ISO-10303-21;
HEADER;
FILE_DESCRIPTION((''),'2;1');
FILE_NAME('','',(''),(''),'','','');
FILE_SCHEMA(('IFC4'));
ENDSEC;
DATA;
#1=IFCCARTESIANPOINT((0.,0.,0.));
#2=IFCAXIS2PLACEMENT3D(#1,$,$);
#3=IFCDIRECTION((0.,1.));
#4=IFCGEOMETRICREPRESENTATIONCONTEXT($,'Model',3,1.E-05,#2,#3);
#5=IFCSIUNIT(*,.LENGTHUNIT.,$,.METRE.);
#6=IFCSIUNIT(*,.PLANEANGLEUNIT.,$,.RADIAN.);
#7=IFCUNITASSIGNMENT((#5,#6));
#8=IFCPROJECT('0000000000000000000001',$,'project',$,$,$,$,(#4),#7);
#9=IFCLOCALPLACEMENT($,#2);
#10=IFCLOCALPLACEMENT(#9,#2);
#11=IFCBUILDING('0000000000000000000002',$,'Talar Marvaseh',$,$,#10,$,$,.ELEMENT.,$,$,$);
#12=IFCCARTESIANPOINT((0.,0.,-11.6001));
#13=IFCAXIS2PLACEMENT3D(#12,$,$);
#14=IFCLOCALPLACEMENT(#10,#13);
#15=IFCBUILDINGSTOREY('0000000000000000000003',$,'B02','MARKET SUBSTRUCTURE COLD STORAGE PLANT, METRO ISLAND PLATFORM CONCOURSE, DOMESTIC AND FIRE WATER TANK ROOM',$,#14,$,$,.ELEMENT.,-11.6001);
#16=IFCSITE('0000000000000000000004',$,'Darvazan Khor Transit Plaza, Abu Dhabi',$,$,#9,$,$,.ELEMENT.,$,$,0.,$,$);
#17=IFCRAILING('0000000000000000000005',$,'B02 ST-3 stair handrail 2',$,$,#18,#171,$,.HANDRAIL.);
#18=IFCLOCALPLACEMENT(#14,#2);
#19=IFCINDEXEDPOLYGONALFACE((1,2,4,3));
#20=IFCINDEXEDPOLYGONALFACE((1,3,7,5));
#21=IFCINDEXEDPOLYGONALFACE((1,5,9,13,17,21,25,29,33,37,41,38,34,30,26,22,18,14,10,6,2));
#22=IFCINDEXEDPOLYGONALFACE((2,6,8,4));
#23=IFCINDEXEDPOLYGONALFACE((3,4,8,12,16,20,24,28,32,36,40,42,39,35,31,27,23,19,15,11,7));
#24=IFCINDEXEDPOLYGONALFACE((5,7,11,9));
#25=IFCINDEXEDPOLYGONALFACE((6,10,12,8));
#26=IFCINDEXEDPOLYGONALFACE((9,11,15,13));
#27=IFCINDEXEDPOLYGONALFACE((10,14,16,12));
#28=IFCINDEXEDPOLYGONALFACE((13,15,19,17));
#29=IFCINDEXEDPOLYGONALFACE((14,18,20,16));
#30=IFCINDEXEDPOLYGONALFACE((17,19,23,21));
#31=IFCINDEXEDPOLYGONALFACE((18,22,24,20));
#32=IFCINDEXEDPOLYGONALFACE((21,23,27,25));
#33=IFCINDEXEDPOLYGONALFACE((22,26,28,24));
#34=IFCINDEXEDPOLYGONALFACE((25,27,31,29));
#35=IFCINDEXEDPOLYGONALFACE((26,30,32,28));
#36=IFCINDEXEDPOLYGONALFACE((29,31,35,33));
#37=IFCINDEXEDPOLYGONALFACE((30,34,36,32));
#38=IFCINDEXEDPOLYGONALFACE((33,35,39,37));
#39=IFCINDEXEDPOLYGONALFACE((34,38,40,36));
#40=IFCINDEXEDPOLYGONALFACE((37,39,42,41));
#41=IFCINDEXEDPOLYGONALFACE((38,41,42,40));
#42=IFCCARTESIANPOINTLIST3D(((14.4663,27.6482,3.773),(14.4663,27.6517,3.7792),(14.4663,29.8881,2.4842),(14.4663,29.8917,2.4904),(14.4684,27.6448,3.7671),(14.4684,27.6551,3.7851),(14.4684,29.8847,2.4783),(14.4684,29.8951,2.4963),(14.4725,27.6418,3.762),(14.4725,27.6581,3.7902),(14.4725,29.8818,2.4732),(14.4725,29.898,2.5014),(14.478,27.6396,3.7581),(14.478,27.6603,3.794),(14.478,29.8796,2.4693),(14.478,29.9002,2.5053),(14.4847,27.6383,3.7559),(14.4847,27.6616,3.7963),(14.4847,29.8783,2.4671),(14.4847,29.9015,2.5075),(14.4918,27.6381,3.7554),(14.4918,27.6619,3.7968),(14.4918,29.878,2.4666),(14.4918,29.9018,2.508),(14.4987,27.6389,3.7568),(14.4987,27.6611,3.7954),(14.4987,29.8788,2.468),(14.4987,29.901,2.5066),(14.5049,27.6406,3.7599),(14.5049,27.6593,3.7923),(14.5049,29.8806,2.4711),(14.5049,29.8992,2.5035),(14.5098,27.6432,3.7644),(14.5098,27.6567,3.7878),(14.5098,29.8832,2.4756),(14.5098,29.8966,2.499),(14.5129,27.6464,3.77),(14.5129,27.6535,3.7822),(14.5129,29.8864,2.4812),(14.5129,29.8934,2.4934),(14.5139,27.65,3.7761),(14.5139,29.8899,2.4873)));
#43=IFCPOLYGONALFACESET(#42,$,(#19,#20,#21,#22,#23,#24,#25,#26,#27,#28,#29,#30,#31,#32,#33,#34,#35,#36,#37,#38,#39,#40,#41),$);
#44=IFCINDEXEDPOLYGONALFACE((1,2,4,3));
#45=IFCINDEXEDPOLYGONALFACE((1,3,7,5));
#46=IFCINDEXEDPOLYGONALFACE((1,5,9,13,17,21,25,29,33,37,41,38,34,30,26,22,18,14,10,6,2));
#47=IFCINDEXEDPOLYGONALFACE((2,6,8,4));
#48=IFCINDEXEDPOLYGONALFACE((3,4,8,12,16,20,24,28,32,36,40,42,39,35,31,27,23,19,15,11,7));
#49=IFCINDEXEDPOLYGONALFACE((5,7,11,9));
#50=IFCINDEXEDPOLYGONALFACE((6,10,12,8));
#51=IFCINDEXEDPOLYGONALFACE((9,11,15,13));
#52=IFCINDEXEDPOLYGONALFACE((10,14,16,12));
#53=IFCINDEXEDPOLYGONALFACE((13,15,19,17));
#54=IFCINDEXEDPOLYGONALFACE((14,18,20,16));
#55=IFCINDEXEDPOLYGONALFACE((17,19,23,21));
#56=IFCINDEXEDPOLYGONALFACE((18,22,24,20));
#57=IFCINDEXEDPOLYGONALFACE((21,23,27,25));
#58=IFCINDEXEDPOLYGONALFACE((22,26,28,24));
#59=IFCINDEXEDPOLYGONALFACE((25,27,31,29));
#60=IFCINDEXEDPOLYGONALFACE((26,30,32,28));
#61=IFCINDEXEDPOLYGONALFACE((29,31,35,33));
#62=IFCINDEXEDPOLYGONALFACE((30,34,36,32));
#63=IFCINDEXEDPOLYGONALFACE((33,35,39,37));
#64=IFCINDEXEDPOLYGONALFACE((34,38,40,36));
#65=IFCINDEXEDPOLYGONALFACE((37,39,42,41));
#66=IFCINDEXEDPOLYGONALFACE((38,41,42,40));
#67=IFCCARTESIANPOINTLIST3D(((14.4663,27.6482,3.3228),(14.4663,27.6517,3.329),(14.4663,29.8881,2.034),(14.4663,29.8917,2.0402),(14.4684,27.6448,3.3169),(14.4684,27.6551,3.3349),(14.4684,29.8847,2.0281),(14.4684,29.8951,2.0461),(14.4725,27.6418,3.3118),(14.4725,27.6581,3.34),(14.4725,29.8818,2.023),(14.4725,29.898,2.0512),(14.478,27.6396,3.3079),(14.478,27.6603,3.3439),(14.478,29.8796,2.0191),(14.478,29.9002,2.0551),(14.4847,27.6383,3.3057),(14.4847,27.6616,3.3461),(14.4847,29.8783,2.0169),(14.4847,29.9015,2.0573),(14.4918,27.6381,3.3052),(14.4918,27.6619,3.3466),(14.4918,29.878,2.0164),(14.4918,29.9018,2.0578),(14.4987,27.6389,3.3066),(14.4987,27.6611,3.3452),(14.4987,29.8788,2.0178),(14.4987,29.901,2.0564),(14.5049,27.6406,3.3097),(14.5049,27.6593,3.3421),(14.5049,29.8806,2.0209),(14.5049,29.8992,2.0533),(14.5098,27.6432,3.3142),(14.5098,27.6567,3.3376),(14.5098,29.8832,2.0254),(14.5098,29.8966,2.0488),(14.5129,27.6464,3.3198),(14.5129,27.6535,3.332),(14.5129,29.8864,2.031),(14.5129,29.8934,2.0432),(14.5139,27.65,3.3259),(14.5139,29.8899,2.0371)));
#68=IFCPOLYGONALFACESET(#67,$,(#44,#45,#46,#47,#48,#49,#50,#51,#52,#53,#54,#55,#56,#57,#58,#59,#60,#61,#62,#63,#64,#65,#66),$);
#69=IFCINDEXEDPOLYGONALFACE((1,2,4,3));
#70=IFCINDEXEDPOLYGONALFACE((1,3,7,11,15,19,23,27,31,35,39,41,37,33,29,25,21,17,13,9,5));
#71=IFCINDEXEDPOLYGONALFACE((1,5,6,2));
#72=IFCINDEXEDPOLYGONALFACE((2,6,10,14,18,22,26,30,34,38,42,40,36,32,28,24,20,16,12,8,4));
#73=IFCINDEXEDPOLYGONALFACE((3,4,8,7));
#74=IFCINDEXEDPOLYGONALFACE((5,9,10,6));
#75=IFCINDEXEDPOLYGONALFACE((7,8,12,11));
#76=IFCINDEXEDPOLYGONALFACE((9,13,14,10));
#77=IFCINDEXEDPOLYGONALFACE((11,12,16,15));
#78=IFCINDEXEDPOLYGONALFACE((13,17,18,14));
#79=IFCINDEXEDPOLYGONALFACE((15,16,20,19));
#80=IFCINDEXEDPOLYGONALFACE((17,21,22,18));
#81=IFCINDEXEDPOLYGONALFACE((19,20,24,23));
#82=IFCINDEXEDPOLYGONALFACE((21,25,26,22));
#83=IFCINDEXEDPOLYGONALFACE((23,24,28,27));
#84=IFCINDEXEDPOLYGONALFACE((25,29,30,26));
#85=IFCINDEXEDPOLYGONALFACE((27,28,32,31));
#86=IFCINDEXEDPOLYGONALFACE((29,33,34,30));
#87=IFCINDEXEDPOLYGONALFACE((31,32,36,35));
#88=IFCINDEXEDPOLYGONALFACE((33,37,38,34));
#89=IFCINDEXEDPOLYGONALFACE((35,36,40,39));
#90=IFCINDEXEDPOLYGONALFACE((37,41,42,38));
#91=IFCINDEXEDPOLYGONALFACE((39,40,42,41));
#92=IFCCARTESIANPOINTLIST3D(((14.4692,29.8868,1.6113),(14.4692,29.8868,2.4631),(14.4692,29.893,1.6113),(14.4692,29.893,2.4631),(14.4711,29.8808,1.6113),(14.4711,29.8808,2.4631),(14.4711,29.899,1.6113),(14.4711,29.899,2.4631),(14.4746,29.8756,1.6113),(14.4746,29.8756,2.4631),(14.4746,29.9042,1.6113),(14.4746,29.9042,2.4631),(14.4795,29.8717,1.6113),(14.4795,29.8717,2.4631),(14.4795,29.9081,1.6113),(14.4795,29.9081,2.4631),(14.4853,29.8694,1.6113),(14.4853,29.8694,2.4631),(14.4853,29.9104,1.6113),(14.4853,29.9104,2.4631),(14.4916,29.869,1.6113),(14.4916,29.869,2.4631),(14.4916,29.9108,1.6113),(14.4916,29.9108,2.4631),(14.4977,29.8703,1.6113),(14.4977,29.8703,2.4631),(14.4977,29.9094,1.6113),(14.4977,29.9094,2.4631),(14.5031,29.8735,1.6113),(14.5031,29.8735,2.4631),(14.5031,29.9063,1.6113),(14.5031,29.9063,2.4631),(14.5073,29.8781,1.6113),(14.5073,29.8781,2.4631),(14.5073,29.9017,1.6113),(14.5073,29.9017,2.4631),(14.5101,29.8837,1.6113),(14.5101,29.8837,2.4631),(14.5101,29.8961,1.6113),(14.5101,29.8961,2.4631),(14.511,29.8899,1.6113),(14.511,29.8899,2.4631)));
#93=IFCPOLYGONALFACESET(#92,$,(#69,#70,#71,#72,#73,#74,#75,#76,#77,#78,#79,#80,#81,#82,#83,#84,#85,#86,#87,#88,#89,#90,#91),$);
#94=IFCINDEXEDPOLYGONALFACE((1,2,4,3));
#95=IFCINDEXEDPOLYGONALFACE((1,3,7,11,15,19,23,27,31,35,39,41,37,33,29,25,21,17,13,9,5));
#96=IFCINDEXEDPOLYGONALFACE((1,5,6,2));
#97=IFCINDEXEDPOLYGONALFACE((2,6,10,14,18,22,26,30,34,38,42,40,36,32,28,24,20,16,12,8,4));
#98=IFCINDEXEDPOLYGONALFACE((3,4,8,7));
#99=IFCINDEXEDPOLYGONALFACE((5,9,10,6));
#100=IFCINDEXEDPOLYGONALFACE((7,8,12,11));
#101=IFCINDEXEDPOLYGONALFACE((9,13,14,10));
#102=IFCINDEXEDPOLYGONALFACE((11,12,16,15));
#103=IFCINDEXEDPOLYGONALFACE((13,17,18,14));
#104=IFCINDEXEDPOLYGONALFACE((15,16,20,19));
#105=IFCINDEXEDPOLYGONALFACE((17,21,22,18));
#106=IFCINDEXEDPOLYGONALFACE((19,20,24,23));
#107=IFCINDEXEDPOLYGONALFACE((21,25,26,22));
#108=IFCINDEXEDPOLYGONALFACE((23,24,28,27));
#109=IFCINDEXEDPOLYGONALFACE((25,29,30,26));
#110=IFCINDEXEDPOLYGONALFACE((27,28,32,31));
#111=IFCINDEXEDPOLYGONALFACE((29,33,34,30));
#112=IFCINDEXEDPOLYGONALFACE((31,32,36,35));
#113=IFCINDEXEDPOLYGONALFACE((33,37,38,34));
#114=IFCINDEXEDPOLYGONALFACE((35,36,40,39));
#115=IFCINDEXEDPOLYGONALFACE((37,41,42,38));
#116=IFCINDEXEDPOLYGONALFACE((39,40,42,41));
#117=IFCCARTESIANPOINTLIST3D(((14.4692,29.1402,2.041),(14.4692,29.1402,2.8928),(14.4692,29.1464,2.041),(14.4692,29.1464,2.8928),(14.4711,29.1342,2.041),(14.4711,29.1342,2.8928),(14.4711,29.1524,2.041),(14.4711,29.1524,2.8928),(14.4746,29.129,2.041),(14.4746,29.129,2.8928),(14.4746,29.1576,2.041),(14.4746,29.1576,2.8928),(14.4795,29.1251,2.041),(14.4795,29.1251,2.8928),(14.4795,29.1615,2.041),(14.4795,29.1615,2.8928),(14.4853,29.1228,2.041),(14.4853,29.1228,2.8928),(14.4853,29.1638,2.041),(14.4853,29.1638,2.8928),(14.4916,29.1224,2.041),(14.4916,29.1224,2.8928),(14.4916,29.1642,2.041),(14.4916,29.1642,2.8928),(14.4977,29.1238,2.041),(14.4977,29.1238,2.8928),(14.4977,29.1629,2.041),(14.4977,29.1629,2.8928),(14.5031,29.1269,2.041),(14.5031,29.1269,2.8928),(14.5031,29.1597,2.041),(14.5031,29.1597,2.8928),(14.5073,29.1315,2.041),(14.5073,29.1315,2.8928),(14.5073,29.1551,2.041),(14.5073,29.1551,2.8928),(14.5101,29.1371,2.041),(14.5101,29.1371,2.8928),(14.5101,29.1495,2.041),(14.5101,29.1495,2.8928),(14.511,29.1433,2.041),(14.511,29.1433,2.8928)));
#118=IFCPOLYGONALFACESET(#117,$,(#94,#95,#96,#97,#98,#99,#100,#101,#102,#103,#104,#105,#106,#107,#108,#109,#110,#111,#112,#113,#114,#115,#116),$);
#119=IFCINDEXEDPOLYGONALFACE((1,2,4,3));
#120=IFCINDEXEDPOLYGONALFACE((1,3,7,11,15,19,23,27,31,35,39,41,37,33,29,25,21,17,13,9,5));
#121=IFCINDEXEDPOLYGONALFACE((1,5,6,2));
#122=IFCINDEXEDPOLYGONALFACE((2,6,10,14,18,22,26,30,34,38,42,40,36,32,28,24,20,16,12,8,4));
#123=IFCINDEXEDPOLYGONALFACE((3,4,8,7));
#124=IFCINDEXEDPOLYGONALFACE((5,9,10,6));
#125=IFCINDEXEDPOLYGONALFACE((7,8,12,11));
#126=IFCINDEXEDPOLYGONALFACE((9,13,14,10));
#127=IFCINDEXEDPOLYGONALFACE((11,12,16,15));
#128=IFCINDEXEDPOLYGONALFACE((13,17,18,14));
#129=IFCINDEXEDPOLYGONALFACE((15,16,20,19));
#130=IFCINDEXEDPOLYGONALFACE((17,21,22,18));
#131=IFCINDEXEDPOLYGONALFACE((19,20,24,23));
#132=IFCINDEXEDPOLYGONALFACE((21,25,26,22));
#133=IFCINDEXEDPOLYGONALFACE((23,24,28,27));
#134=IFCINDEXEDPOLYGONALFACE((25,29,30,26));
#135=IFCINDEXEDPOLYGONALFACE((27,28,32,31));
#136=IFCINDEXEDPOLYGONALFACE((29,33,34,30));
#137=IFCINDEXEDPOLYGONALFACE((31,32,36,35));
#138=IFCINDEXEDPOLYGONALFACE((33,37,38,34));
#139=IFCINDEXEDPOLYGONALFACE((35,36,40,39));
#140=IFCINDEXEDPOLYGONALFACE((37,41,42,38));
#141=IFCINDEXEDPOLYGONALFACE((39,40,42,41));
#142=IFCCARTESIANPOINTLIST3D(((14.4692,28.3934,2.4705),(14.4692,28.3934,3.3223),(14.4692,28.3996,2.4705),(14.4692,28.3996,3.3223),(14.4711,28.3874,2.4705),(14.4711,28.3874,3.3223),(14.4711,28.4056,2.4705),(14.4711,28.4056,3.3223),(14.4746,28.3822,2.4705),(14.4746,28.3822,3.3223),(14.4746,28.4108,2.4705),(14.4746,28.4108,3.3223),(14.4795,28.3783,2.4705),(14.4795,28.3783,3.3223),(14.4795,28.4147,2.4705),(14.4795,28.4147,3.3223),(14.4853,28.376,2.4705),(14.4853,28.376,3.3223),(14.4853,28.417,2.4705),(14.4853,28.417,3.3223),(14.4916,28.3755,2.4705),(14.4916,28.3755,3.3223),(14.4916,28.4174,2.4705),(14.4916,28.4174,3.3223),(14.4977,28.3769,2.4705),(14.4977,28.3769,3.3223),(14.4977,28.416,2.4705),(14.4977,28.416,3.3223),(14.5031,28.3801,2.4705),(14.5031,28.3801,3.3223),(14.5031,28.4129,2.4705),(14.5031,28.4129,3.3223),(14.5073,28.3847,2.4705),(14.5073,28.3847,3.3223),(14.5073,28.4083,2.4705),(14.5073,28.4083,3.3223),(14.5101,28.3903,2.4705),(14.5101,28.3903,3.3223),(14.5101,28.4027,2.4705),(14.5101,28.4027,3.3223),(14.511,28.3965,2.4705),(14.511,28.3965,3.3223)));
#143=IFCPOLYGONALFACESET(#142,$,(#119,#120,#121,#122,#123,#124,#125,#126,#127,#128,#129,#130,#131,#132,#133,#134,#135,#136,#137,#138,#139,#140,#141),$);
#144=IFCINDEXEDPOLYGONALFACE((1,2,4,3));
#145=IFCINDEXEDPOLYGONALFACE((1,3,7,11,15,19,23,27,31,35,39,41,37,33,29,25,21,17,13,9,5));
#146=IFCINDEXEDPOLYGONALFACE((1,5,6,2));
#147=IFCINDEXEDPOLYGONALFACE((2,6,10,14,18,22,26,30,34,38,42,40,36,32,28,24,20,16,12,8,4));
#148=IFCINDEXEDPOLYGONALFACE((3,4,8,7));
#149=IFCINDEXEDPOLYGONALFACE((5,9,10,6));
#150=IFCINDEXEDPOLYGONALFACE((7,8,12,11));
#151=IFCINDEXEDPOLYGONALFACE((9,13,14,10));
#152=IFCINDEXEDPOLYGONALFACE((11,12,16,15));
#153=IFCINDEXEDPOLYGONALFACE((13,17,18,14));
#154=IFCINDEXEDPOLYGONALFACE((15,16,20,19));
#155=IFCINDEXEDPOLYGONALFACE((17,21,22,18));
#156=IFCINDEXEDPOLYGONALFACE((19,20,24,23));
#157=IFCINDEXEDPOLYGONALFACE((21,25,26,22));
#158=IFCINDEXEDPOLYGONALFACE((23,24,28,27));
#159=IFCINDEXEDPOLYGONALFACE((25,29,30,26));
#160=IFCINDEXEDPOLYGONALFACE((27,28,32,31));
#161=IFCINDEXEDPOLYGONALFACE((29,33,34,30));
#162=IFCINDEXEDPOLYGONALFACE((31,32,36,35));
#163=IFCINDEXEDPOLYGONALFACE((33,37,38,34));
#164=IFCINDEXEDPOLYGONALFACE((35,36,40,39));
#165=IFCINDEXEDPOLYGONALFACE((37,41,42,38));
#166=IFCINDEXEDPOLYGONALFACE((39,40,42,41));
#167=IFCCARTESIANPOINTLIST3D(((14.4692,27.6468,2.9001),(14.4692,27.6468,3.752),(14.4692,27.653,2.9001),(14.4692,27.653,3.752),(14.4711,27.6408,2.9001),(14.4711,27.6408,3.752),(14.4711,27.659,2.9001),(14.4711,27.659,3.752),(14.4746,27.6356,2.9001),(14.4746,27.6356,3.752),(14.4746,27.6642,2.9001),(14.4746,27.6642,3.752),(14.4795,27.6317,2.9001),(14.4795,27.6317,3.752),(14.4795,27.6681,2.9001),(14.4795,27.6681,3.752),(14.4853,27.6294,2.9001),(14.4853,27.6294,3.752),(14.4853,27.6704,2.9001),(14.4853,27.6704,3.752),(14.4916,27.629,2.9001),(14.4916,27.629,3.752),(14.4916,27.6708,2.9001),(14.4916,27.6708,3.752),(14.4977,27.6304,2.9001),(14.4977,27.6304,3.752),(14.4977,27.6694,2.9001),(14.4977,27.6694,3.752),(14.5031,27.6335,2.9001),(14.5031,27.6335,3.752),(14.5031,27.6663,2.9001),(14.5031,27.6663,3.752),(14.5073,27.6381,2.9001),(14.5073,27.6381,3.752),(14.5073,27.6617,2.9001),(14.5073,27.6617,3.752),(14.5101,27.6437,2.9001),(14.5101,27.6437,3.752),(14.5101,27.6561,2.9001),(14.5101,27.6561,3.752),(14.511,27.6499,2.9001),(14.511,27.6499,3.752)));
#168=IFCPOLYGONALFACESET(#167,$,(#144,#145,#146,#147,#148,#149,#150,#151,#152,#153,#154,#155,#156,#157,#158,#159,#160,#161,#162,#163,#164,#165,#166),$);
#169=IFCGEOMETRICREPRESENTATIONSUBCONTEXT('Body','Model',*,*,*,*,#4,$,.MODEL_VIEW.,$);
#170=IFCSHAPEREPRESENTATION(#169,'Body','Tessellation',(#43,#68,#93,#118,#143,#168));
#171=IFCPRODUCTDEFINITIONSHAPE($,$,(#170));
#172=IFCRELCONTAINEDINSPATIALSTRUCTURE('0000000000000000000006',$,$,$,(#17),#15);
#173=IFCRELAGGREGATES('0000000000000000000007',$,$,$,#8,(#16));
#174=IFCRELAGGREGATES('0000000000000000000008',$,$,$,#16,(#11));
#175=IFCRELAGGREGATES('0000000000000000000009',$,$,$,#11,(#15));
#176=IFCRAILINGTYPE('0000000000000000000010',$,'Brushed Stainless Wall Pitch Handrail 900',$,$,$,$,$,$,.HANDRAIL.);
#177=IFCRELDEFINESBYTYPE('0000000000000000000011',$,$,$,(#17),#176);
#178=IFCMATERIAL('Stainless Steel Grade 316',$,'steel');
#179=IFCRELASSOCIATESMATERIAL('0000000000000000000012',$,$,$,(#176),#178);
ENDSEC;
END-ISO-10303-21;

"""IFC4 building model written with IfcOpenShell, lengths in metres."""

from ifc_helpers import new_model, si_unit, direction, frame, origin, origin_2d, place, context, subcontext, project, spatial, circle, extrude, material, type_object, element, save


model = new_model("IFC4")

# Units and contexts
model_context = context("Model", 3, precision=1e-05, world=origin(), true_north=direction((0.0, 1.0)))
body_context = subcontext(model_context, "Body", "Model", "MODEL_VIEW")
ifc_project = project(units=[si_unit("LENGTHUNIT", "METRE"), si_unit("PLANEANGLEUNIT", "RADIAN")], contexts=[model_context])

# Site, building, storey
site_placement = place(None, origin())
site = spatial("IfcSite", under=ifc_project, at=site_placement, Name="Darvazan Khor Transit Plaza, Abu Dhabi", CompositionType="ELEMENT", RefElevation=0.0)
building_placement = place(site_placement, origin())
building = spatial("IfcBuilding", under=site, at=building_placement, Name="Talar Marvaseh", CompositionType="ELEMENT")
storey_placement = place(building_placement, frame((0.0, 0.0, -11.6001)))
storey = spatial("IfcBuildingStorey", under=building, at=storey_placement, Name="B02", Description="MARKET SUBSTRUCTURE COLD STORAGE PLANT, METRO ISLAND PLATFORM CONCOURSE, DOMESTIC AND FIRE WATER TANK ROOM", CompositionType="ELEMENT", Elevation=-11.6001)

# Railing
ifc_material_1 = material(Name="Stainless Steel Grade 316", Category="steel")
railing_type_1 = type_object("IfcRailingType", Name="Brushed Stainless Wall Pitch Handrail 900", PredefinedType="HANDRAIL", material=ifc_material_1)
for number, where, name in (
    (1, (14.49, 29.8899, 1.6113), "B02 ST-3 stair handrail 2"),
):
    element("IfcRailing", number, at=place(storey_placement, frame(where)), inside=storey, type_object=railing_type_1, Name=name, PredefinedType="HANDRAIL", context=body_context, shape_type="SweptSolid", body=[
        extrude(circle(Radius=0.0239, at=origin_2d()), frame((0.0, 0.0, 0.876), z_axis=(0.0, -0.866768, 0.498711), x_axis=(1.0, 0.0, 0.0)), (0.0, 0.0, 1.0), 2.5842),
        extrude(circle(Radius=0.0239, at=origin_2d()), frame((0.0, 0.0, 0.4258), z_axis=(0.0, -0.866768, 0.498711), x_axis=(1.0, 0.0, 0.0)), (0.0, 0.0, 1.0), 2.5842),
        extrude(circle(Radius=0.021, at=origin_2d()), origin(), (0.0, 0.0, 1.0), 0.8518),
        extrude(circle(Radius=0.021, at=origin_2d()), frame((0.0, -0.7466, 0.4297)), (0.0, 0.0, 1.0), 0.8518),
        extrude(circle(Radius=0.021, at=origin_2d()), frame((0.0, -1.4934, 0.8591)), (0.0, 0.0, 1.0), 0.8518),
        extrude(circle(Radius=0.021, at=origin_2d()), frame((0.0, -2.24, 1.2888)), (0.0, 0.0, 1.0), 0.8518),
    ])

save(model, "model.ifc")
